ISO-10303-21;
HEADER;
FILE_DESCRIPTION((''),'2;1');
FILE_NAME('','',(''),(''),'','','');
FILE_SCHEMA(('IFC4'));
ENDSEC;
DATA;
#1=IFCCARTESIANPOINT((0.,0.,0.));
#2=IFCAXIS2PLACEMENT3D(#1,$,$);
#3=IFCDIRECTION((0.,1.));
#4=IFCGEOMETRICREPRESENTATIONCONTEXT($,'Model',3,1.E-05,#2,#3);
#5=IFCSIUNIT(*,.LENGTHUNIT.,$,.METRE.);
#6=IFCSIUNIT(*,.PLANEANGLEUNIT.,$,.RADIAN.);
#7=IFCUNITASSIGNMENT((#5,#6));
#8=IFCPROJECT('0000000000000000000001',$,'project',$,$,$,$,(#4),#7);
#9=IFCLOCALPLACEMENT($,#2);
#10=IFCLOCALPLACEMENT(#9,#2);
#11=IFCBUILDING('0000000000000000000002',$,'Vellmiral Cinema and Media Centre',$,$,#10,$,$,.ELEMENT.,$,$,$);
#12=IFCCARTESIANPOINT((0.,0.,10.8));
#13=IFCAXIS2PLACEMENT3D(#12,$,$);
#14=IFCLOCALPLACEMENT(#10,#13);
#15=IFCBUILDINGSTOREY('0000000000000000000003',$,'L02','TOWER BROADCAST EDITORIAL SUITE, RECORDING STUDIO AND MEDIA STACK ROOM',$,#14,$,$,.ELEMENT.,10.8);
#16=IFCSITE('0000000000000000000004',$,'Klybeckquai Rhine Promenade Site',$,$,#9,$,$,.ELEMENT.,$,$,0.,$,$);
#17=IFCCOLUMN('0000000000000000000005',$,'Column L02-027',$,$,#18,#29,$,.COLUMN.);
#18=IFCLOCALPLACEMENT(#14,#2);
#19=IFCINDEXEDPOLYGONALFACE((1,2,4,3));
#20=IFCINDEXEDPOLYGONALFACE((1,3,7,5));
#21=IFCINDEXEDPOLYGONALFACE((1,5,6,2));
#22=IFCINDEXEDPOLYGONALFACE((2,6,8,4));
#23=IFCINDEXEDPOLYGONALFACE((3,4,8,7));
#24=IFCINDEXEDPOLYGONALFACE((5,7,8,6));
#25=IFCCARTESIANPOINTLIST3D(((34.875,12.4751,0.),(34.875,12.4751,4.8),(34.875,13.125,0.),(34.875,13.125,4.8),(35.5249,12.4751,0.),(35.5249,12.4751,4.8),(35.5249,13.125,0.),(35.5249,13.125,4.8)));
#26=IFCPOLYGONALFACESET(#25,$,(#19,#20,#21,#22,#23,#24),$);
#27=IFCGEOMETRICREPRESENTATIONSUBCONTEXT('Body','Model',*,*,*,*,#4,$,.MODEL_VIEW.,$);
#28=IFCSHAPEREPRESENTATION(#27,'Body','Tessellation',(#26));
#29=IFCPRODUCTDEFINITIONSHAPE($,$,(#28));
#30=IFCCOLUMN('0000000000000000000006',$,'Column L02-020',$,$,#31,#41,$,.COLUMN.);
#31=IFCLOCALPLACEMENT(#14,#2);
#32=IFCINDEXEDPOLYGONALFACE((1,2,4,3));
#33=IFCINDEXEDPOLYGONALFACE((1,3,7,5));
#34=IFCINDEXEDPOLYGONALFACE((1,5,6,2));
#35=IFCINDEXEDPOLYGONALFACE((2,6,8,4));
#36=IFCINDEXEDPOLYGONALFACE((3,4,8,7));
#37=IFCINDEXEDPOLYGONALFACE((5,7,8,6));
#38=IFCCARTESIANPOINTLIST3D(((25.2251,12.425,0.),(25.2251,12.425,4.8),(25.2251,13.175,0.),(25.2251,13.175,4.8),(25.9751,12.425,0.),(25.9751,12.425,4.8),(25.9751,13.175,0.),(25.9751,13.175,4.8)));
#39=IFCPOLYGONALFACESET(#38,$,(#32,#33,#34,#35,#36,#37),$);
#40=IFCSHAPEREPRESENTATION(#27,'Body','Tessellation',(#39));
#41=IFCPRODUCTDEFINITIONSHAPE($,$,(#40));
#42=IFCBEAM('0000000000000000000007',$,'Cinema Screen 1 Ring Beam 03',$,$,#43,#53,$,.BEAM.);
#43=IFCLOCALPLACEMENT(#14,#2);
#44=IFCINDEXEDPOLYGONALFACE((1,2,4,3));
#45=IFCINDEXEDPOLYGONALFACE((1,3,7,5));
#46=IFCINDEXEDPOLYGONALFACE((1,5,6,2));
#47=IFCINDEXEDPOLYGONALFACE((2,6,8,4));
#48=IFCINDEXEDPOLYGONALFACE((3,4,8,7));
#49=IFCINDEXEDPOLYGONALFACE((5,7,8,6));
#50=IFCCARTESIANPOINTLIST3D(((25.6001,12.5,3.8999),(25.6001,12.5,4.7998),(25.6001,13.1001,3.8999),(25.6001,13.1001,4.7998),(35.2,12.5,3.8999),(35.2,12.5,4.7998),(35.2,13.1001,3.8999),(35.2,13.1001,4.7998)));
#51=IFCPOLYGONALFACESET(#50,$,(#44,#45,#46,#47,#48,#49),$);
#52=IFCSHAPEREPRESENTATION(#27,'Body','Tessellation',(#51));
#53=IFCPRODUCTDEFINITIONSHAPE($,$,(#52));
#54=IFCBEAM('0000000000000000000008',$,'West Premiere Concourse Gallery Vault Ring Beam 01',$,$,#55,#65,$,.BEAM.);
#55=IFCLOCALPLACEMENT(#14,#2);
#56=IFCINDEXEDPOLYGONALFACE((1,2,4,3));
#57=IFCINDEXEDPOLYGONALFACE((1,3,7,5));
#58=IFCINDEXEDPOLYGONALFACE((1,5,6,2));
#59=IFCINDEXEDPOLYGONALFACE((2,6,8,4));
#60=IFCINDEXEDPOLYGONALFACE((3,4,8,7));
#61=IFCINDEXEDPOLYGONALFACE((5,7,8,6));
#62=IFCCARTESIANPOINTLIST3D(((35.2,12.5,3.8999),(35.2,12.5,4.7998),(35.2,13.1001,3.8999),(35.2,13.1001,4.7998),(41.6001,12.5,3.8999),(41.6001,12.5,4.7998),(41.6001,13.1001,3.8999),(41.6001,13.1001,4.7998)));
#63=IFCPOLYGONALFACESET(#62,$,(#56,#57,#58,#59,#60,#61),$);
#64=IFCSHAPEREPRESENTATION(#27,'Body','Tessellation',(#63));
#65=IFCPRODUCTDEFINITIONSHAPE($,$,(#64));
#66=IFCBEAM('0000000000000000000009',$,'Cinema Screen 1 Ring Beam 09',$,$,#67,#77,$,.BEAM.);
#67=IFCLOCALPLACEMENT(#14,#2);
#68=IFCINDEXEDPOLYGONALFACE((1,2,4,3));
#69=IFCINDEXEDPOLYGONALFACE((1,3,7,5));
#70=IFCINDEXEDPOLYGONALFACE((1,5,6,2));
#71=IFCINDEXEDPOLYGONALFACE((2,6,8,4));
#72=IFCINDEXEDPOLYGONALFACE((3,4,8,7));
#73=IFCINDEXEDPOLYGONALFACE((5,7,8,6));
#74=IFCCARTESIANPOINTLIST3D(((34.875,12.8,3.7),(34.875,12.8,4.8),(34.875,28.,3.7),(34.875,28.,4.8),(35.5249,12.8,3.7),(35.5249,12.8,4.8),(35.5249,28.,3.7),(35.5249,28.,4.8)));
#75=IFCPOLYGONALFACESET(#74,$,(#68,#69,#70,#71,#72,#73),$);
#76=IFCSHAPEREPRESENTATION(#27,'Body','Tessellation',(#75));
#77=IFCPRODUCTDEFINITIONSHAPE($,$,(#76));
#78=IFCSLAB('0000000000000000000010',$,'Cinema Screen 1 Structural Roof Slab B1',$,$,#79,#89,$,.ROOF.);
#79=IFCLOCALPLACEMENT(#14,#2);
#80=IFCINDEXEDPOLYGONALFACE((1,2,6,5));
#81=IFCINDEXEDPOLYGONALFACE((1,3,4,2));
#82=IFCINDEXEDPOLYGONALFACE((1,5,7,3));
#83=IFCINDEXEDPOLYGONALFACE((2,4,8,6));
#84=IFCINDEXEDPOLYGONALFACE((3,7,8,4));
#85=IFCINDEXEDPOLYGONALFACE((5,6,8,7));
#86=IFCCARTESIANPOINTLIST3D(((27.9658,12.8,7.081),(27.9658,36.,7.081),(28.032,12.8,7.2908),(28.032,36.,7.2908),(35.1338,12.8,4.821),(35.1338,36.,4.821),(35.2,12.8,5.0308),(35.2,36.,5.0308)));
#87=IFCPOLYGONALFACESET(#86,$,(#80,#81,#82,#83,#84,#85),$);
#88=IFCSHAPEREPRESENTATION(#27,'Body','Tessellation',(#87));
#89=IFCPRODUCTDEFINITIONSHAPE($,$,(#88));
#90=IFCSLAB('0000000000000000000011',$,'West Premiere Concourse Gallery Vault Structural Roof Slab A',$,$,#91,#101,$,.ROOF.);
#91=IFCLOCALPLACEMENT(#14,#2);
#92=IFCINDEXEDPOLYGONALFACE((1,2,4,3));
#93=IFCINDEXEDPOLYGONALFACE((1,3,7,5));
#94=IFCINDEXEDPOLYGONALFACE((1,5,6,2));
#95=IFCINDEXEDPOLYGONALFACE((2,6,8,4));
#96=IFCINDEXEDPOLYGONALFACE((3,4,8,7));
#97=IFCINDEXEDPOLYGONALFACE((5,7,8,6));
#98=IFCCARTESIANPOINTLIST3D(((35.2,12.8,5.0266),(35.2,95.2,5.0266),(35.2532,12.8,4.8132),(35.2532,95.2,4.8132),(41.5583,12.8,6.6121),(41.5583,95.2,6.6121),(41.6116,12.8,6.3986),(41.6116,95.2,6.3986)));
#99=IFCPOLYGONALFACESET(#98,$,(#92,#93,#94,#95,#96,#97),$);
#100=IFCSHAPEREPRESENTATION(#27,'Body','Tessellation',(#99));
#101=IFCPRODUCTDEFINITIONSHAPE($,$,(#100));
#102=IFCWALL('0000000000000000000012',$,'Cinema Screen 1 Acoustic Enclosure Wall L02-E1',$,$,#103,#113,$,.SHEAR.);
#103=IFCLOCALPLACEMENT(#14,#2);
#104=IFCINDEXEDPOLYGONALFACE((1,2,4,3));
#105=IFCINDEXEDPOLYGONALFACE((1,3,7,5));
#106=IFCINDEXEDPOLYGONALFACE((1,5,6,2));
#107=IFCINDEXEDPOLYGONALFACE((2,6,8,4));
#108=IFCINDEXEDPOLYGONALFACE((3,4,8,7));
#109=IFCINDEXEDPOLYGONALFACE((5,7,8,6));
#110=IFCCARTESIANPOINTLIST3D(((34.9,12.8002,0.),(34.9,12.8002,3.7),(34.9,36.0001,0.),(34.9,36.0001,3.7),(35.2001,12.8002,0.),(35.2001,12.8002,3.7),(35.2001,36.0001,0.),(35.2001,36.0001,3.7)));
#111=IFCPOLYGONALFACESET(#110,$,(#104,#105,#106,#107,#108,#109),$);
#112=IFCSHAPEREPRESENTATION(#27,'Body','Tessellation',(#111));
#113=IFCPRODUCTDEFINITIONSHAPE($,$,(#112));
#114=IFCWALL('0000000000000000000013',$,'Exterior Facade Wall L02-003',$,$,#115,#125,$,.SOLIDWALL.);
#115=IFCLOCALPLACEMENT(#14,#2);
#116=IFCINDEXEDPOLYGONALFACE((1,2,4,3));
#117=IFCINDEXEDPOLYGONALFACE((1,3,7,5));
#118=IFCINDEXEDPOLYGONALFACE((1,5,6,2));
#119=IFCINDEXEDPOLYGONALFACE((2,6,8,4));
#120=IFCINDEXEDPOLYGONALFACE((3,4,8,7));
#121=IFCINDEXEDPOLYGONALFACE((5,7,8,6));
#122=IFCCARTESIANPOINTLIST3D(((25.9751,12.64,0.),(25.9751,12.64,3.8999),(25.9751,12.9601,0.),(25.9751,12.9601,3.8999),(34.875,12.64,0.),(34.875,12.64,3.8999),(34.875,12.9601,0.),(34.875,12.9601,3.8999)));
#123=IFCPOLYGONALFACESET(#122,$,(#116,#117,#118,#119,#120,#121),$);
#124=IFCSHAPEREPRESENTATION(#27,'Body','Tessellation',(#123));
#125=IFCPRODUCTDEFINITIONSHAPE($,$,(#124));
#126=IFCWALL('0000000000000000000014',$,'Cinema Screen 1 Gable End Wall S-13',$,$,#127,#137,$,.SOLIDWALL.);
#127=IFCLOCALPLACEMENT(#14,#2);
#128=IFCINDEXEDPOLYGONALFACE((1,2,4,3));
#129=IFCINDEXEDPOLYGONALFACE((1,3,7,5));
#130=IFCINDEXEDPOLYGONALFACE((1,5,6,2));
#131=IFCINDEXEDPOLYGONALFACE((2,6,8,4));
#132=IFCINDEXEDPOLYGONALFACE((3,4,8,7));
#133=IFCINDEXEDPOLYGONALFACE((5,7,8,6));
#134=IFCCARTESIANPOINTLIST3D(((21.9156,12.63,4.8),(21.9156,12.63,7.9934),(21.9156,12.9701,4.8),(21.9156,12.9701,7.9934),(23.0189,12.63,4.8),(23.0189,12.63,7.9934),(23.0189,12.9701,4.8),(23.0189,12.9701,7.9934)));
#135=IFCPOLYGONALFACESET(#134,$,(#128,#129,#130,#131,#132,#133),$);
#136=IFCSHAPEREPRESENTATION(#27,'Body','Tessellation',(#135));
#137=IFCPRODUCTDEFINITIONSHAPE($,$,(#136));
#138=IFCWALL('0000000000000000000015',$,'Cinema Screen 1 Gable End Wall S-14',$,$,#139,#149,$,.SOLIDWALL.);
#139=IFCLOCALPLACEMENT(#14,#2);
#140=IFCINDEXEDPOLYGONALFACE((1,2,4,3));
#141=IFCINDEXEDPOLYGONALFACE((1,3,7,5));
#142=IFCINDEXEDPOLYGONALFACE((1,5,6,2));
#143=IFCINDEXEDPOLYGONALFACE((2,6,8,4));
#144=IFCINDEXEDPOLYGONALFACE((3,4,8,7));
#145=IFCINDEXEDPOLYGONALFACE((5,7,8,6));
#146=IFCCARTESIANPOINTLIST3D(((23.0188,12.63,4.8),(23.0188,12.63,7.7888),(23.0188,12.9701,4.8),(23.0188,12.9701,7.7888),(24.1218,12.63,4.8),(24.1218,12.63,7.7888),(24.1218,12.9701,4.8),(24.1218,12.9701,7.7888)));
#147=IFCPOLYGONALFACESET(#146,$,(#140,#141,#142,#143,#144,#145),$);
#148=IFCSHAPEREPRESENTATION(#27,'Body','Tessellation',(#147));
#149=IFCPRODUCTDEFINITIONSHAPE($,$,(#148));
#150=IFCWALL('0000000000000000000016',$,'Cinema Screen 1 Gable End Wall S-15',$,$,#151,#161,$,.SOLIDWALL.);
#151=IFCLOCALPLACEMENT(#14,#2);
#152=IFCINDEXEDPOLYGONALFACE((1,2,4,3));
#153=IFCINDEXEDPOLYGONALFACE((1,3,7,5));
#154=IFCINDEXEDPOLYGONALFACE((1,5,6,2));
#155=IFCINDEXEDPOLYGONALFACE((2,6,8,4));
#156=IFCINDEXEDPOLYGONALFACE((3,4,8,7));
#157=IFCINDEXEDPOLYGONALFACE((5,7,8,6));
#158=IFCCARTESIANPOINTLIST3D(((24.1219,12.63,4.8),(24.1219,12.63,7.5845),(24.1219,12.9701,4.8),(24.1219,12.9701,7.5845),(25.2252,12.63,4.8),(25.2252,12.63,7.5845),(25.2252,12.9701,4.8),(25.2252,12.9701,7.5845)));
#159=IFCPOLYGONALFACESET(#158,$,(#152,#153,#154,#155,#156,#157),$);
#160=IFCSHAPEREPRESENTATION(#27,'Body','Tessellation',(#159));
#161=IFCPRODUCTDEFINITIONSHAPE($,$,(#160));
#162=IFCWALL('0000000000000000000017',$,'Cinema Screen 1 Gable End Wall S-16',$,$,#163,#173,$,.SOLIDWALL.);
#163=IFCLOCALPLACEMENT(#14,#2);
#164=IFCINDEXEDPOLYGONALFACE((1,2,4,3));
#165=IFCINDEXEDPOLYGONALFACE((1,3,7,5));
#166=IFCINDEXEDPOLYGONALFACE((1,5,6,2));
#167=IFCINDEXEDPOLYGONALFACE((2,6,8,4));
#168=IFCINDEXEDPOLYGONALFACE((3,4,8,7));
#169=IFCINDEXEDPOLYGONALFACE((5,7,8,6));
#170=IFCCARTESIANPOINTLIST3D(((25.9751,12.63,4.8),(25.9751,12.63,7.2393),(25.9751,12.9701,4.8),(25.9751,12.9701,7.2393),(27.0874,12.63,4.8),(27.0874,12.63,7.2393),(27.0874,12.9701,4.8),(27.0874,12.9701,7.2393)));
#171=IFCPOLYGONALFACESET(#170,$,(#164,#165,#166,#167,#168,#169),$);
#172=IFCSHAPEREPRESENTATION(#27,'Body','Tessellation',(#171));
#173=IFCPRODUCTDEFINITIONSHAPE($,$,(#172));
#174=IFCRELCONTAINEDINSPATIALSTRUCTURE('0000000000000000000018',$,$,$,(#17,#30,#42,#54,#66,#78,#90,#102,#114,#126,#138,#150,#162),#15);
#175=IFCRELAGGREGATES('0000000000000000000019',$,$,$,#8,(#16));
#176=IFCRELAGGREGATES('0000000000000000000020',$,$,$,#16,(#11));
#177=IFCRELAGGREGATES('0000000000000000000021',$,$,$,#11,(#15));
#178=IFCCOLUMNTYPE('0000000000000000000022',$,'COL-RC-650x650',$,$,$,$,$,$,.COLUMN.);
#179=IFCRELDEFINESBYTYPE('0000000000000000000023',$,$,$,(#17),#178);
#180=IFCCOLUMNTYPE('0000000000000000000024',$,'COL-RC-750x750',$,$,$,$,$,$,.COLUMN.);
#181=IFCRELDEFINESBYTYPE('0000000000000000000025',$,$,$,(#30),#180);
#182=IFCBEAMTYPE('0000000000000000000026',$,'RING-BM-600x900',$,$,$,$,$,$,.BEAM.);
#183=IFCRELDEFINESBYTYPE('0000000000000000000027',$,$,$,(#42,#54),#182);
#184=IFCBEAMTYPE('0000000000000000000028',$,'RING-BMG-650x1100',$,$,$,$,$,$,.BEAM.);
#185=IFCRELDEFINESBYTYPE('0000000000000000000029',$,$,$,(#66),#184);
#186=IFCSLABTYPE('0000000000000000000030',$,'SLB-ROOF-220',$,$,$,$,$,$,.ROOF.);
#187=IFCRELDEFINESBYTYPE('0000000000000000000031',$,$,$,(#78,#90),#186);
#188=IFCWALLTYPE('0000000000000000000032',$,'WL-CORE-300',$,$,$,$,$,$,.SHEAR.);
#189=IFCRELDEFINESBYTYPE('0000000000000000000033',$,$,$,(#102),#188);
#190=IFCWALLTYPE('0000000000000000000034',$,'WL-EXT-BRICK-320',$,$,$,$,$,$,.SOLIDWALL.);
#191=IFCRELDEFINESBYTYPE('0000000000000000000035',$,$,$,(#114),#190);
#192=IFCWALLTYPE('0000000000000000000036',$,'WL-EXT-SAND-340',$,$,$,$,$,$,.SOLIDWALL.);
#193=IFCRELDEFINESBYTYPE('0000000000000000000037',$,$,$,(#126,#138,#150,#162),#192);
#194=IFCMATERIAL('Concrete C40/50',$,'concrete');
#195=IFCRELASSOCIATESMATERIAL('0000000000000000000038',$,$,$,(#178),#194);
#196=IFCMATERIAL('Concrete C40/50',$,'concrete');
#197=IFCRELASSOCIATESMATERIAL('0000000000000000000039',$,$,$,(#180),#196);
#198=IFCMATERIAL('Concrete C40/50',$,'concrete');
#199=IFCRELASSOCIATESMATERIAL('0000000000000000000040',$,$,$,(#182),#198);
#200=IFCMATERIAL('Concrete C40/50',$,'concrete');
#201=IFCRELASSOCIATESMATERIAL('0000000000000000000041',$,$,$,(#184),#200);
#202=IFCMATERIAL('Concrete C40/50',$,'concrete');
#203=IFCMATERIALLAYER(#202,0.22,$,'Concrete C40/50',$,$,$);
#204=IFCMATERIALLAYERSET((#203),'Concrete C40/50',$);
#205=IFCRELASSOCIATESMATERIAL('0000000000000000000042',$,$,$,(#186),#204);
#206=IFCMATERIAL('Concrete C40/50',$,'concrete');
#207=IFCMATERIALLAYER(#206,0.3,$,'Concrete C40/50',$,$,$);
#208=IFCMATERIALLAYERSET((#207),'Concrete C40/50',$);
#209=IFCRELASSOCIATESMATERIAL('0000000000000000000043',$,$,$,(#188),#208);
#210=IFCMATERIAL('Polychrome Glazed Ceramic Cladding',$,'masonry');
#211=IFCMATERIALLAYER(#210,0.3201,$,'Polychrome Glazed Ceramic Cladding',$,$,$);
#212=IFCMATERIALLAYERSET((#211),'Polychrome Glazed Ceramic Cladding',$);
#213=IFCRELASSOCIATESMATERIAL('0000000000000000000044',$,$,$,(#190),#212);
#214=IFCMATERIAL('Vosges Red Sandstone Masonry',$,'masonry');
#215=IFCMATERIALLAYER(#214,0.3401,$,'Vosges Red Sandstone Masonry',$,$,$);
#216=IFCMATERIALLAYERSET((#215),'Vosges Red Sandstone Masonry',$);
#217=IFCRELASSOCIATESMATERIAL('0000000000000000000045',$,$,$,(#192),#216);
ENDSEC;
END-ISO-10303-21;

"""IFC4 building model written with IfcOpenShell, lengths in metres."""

from ifc_helpers import new_model, si_unit, direction, frame, frame_2d, origin, origin_2d, place, context, subcontext, project, spatial, polyline, rectangle, outline, extrude, material, layer, layer_set, material_profile, profile_set, type_object, element, save


model = new_model("IFC4")

# Units and contexts
model_context = context("Model", 3, precision=1e-05, world=origin(), true_north=direction((0.0, 1.0)))
body_context = subcontext(model_context, "Body", "Model", "MODEL_VIEW")
ifc_project = project(units=[si_unit("LENGTHUNIT", "METRE"), si_unit("PLANEANGLEUNIT", "RADIAN")], contexts=[model_context])

# Site, building, storey
site_placement = place(None, origin())
site = spatial("IfcSite", under=ifc_project, at=site_placement, Name="Klybeckquai Rhine Promenade Site", CompositionType="ELEMENT", RefElevation=0.0)
building_placement = place(site_placement, origin())
building = spatial("IfcBuilding", under=site, at=building_placement, Name="Vellmiral Cinema and Media Centre", CompositionType="ELEMENT")
storey_placement = place(building_placement, frame((0.0, 0.0, 10.8)))
storey = spatial("IfcBuildingStorey", under=building, at=storey_placement, Name="L02", Description="TOWER BROADCAST EDITORIAL SUITE, RECORDING STUDIO AND MEDIA STACK ROOM", CompositionType="ELEMENT", Elevation=10.8)

# Columns
ifc_material_1 = material(Name="Concrete C40/50", Category="concrete")
ifc_material_profile_1 = material_profile(ifc_material_1, rectangle(XDim=0.6499, YDim=0.6499, at=origin_2d()), Name="RC 650x650")
ifc_profile_set_1 = profile_set([ifc_material_profile_1], Name="Concrete C40/50")
column_type_1 = type_object("IfcColumnType", Name="COL-RC-650x650", PredefinedType="COLUMN", material=ifc_profile_set_1)
column_1_placement = place(storey_placement, frame((35.2, 12.8, 0.0), z_axis=(0.0, 0.0, 1.0), x_axis=(1.0, 0.0, 0.0)))
element("IfcColumn", 1, at=column_1_placement, inside=storey, type_object=column_type_1, Name="Column L02-027", PredefinedType="COLUMN", context=body_context, shape_type="SweptSolid", body=[
    extrude(rectangle(XDim=0.6499, YDim=0.6499, at=origin_2d()), origin(), (0.0, 0.0, 1.0), 4.8),
])
ifc_material_2 = material(Name="Concrete C40/50", Category="concrete")
ifc_material_profile_2 = material_profile(ifc_material_2, rectangle(XDim=0.75, YDim=0.75, at=origin_2d()), Name="RC 750x750")
ifc_profile_set_2 = profile_set([ifc_material_profile_2], Name="Concrete C40/50")
column_type_2 = type_object("IfcColumnType", Name="COL-RC-750x750", PredefinedType="COLUMN", material=ifc_profile_set_2)
column_2_placement = place(storey_placement, frame((25.6001, 12.8, 0.0), z_axis=(0.0, 0.0, 1.0), x_axis=(1.0, 0.0, 0.0)))
element("IfcColumn", 2, at=column_2_placement, inside=storey, type_object=column_type_2, Name="Column L02-020", PredefinedType="COLUMN", context=body_context, shape_type="SweptSolid", body=[
    extrude(rectangle(XDim=0.75, YDim=0.75, at=origin_2d()), origin(), (0.0, 0.0, 1.0), 4.8),
])

# Beams
ifc_material_3 = material(Name="Concrete C40/50", Category="concrete")
ifc_material_profile_3 = material_profile(ifc_material_3, rectangle(XDim=0.6001, YDim=0.8999, at=origin_2d()), Name="RC 600x900")
ifc_profile_set_3 = profile_set([ifc_material_profile_3], Name="Concrete C40/50")
beam_type_1 = type_object("IfcBeamType", Name="RING-BM-600x900", PredefinedType="BEAM", material=ifc_profile_set_3)
beam_1_placement = place(storey_placement, frame((25.6001, 12.8, 4.3499), z_axis=(1.0, 0.0, 0.0), x_axis=(0.0, 1.0, 0.0)))
element("IfcBeam", 3, at=beam_1_placement, inside=storey, type_object=beam_type_1, Name="Cinema Screen 1 Ring Beam 03", PredefinedType="BEAM", context=body_context, shape_type="SweptSolid", body=[
    extrude(rectangle(XDim=0.6001, YDim=0.8999, at=origin_2d()), origin(), (0.0, 0.0, 1.0), 9.5999),
])
beam_2_placement = place(storey_placement, frame((35.2, 12.8, 4.3499), z_axis=(1.0, 0.0, 0.0), x_axis=(0.0, 1.0, 0.0)))
element("IfcBeam", 4, at=beam_2_placement, inside=storey, type_object=beam_type_1, Name="West Premiere Concourse Gallery Vault Ring Beam 01", PredefinedType="BEAM", context=body_context, shape_type="SweptSolid", body=[
    extrude(rectangle(XDim=0.6001, YDim=0.8999, at=origin_2d()), origin(), (0.0, 0.0, 1.0), 6.4001),
])
ifc_material_4 = material(Name="Concrete C40/50", Category="concrete")
ifc_material_profile_4 = material_profile(ifc_material_4, rectangle(XDim=0.6499, YDim=1.1001, at=origin_2d()), Name="RC 650x1100")
ifc_profile_set_4 = profile_set([ifc_material_profile_4], Name="Concrete C40/50")
beam_type_2 = type_object("IfcBeamType", Name="RING-BMG-650x1100", PredefinedType="BEAM", material=ifc_profile_set_4)
beam_3_placement = place(storey_placement, frame((35.2, 12.8, 4.25), z_axis=(0.0, 1.0, 0.0), x_axis=(-1.0, 0.0, 0.0)))
element("IfcBeam", 5, at=beam_3_placement, inside=storey, type_object=beam_type_2, Name="Cinema Screen 1 Ring Beam 09", PredefinedType="BEAM", context=body_context, shape_type="SweptSolid", body=[
    extrude(rectangle(XDim=0.6499, YDim=1.1001, at=origin_2d()), origin(), (0.0, 0.0, 1.0), 15.2),
])

# Slabs
ifc_material_5 = material(Name="Concrete C40/50", Category="concrete")
ifc_layer_1 = layer(ifc_material_5, 0.22, Name="Concrete C40/50")
ifc_layer_set_1 = layer_set([ifc_layer_1], Name="Concrete C40/50")
slab_type = type_object("IfcSlabType", Name="SLB-ROOF-220", PredefinedType="ROOF", material=ifc_layer_set_1)
slab_1_placement = place(storey_placement, frame((28.032, 12.8, 7.2908), z_axis=(0.300701, 0.0, 0.953719), x_axis=(0.953719, 0.0, -0.300701)))
element("IfcSlab", 6, at=slab_1_placement, inside=storey, type_object=slab_type, Name="Cinema Screen 1 Structural Roof Slab B1", PredefinedType="ROOF", context=body_context, shape_type="SweptSolid", body=[
    extrude(outline(polyline([(0.0, 0.0), (7.5158, 0.0), (7.5158, 23.2), (0.0, 23.2), (0.0, 0.0)])), origin(), (0.0, 0.0, -1.0), 0.22),
])
slab_2_placement = place(storey_placement, frame((35.2, 12.8, 5.0266), z_axis=(-0.241939, 0.0, 0.970291), x_axis=(0.970291, 0.0, 0.241939)))
element("IfcSlab", 7, at=slab_2_placement, inside=storey, type_object=slab_type, Name="West Premiere Concourse Gallery Vault Structural Roof Slab A", PredefinedType="ROOF", context=body_context, shape_type="SweptSolid", body=[
    extrude(outline(polyline([(0.0, 0.0), (6.5531, 0.0), (6.5531, 82.3999), (0.0, 82.3999), (0.0, 0.0)])), origin(), (0.0, 0.0, -1.0), 0.22),
])

# Walls
ifc_material_6 = material(Name="Concrete C40/50", Category="concrete")
ifc_layer_2 = layer(ifc_material_6, 0.3, Name="Concrete C40/50")
ifc_layer_set_2 = layer_set([ifc_layer_2], Name="Concrete C40/50")
wall_type_1 = type_object("IfcWallType", Name="WL-CORE-300", PredefinedType="SHEAR", material=ifc_layer_set_2)
wall_1_placement = place(storey_placement, frame((35.05, 12.8, 0.0), z_axis=(0.0, 0.0, 1.0), x_axis=(0.0, 1.0, 0.0)))
element("IfcWall", 8, at=wall_1_placement, inside=storey, type_object=wall_type_1, Name="Cinema Screen 1 Acoustic Enclosure Wall L02-E1", PredefinedType="SHEAR", context=body_context, shape_type="SweptSolid", body=[
    extrude(rectangle(XDim=23.2, YDim=0.3, at=frame_2d((11.6001, 0.0))), origin(), (0.0, 0.0, 1.0), 3.7),
])
ifc_material_7 = material(Name="Polychrome Glazed Ceramic Cladding", Category="masonry")
ifc_layer_3 = layer(ifc_material_7, 0.3201, Name="Polychrome Glazed Ceramic Cladding")
ifc_layer_set_3 = layer_set([ifc_layer_3], Name="Polychrome Glazed Ceramic Cladding")
wall_type_2 = type_object("IfcWallType", Name="WL-EXT-BRICK-320", PredefinedType="SOLIDWALL", material=ifc_layer_set_3)
wall_2_placement = place(storey_placement, frame((25.9751, 12.8, 0.0), z_axis=(0.0, 0.0, 1.0), x_axis=(1.0, 0.0, 0.0)))
element("IfcWall", 9, at=wall_2_placement, inside=storey, type_object=wall_type_2, Name="Exterior Facade Wall L02-003", PredefinedType="SOLIDWALL", context=body_context, shape_type="SweptSolid", body=[
    extrude(rectangle(XDim=8.8999, YDim=0.3201, at=frame_2d((4.45, 0.0))), origin(), (0.0, 0.0, 1.0), 3.8999),
])
ifc_material_8 = material(Name="Vosges Red Sandstone Masonry", Category="masonry")
ifc_layer_4 = layer(ifc_material_8, 0.3401, Name="Vosges Red Sandstone Masonry")
ifc_layer_set_4 = layer_set([ifc_layer_4], Name="Vosges Red Sandstone Masonry")
wall_type_3 = type_object("IfcWallType", Name="WL-EXT-SAND-340", PredefinedType="SOLIDWALL", material=ifc_layer_set_4)
wall_3_placement = place(storey_placement, frame((21.9155, 12.8, 4.8), z_axis=(0.0, 0.0, 1.0), x_axis=(1.0, 0.0, 0.0)))
element("IfcWall", 10, at=wall_3_placement, inside=storey, type_object=wall_type_3, Name="Cinema Screen 1 Gable End Wall S-13", PredefinedType="SOLIDWALL", context=body_context, shape_type="SweptSolid", body=[
    extrude(rectangle(XDim=1.1033, YDim=0.3401, at=frame_2d((0.5518, 0.0))), origin(), (0.0, 0.0, 1.0), 3.1934),
])
wall_4_placement = place(storey_placement, frame((23.0188, 12.8, 4.8), z_axis=(0.0, 0.0, 1.0), x_axis=(1.0, 0.0, 0.0)))
element("IfcWall", 11, at=wall_4_placement, inside=storey, type_object=wall_type_3, Name="Cinema Screen 1 Gable End Wall S-14", PredefinedType="SOLIDWALL", context=body_context, shape_type="SweptSolid", body=[
    extrude(rectangle(XDim=1.103, YDim=0.3401, at=frame_2d((0.5515, 0.0))), origin(), (0.0, 0.0, 1.0), 2.9888),
])
wall_5_placement = place(storey_placement, frame((24.1218, 12.8, 4.8), z_axis=(0.0, 0.0, 1.0), x_axis=(1.0, 0.0, 0.0)))
element("IfcWall", 12, at=wall_5_placement, inside=storey, type_object=wall_type_3, Name="Cinema Screen 1 Gable End Wall S-15", PredefinedType="SOLIDWALL", context=body_context, shape_type="SweptSolid", body=[
    extrude(rectangle(XDim=1.1033, YDim=0.3401, at=frame_2d((0.5518, 0.0))), origin(), (0.0, 0.0, 1.0), 2.7844),
])
wall_6_placement = place(storey_placement, frame((25.9751, 12.8, 4.8), z_axis=(0.0, 0.0, 1.0), x_axis=(1.0, 0.0, 0.0)))
element("IfcWall", 13, at=wall_6_placement, inside=storey, type_object=wall_type_3, Name="Cinema Screen 1 Gable End Wall S-16", PredefinedType="SOLIDWALL", context=body_context, shape_type="SweptSolid", body=[
    extrude(rectangle(XDim=1.1123, YDim=0.3401, at=frame_2d((0.5562, 0.0))), origin(), (0.0, 0.0, 1.0), 2.4392),
])

save(model, "model.ifc")
